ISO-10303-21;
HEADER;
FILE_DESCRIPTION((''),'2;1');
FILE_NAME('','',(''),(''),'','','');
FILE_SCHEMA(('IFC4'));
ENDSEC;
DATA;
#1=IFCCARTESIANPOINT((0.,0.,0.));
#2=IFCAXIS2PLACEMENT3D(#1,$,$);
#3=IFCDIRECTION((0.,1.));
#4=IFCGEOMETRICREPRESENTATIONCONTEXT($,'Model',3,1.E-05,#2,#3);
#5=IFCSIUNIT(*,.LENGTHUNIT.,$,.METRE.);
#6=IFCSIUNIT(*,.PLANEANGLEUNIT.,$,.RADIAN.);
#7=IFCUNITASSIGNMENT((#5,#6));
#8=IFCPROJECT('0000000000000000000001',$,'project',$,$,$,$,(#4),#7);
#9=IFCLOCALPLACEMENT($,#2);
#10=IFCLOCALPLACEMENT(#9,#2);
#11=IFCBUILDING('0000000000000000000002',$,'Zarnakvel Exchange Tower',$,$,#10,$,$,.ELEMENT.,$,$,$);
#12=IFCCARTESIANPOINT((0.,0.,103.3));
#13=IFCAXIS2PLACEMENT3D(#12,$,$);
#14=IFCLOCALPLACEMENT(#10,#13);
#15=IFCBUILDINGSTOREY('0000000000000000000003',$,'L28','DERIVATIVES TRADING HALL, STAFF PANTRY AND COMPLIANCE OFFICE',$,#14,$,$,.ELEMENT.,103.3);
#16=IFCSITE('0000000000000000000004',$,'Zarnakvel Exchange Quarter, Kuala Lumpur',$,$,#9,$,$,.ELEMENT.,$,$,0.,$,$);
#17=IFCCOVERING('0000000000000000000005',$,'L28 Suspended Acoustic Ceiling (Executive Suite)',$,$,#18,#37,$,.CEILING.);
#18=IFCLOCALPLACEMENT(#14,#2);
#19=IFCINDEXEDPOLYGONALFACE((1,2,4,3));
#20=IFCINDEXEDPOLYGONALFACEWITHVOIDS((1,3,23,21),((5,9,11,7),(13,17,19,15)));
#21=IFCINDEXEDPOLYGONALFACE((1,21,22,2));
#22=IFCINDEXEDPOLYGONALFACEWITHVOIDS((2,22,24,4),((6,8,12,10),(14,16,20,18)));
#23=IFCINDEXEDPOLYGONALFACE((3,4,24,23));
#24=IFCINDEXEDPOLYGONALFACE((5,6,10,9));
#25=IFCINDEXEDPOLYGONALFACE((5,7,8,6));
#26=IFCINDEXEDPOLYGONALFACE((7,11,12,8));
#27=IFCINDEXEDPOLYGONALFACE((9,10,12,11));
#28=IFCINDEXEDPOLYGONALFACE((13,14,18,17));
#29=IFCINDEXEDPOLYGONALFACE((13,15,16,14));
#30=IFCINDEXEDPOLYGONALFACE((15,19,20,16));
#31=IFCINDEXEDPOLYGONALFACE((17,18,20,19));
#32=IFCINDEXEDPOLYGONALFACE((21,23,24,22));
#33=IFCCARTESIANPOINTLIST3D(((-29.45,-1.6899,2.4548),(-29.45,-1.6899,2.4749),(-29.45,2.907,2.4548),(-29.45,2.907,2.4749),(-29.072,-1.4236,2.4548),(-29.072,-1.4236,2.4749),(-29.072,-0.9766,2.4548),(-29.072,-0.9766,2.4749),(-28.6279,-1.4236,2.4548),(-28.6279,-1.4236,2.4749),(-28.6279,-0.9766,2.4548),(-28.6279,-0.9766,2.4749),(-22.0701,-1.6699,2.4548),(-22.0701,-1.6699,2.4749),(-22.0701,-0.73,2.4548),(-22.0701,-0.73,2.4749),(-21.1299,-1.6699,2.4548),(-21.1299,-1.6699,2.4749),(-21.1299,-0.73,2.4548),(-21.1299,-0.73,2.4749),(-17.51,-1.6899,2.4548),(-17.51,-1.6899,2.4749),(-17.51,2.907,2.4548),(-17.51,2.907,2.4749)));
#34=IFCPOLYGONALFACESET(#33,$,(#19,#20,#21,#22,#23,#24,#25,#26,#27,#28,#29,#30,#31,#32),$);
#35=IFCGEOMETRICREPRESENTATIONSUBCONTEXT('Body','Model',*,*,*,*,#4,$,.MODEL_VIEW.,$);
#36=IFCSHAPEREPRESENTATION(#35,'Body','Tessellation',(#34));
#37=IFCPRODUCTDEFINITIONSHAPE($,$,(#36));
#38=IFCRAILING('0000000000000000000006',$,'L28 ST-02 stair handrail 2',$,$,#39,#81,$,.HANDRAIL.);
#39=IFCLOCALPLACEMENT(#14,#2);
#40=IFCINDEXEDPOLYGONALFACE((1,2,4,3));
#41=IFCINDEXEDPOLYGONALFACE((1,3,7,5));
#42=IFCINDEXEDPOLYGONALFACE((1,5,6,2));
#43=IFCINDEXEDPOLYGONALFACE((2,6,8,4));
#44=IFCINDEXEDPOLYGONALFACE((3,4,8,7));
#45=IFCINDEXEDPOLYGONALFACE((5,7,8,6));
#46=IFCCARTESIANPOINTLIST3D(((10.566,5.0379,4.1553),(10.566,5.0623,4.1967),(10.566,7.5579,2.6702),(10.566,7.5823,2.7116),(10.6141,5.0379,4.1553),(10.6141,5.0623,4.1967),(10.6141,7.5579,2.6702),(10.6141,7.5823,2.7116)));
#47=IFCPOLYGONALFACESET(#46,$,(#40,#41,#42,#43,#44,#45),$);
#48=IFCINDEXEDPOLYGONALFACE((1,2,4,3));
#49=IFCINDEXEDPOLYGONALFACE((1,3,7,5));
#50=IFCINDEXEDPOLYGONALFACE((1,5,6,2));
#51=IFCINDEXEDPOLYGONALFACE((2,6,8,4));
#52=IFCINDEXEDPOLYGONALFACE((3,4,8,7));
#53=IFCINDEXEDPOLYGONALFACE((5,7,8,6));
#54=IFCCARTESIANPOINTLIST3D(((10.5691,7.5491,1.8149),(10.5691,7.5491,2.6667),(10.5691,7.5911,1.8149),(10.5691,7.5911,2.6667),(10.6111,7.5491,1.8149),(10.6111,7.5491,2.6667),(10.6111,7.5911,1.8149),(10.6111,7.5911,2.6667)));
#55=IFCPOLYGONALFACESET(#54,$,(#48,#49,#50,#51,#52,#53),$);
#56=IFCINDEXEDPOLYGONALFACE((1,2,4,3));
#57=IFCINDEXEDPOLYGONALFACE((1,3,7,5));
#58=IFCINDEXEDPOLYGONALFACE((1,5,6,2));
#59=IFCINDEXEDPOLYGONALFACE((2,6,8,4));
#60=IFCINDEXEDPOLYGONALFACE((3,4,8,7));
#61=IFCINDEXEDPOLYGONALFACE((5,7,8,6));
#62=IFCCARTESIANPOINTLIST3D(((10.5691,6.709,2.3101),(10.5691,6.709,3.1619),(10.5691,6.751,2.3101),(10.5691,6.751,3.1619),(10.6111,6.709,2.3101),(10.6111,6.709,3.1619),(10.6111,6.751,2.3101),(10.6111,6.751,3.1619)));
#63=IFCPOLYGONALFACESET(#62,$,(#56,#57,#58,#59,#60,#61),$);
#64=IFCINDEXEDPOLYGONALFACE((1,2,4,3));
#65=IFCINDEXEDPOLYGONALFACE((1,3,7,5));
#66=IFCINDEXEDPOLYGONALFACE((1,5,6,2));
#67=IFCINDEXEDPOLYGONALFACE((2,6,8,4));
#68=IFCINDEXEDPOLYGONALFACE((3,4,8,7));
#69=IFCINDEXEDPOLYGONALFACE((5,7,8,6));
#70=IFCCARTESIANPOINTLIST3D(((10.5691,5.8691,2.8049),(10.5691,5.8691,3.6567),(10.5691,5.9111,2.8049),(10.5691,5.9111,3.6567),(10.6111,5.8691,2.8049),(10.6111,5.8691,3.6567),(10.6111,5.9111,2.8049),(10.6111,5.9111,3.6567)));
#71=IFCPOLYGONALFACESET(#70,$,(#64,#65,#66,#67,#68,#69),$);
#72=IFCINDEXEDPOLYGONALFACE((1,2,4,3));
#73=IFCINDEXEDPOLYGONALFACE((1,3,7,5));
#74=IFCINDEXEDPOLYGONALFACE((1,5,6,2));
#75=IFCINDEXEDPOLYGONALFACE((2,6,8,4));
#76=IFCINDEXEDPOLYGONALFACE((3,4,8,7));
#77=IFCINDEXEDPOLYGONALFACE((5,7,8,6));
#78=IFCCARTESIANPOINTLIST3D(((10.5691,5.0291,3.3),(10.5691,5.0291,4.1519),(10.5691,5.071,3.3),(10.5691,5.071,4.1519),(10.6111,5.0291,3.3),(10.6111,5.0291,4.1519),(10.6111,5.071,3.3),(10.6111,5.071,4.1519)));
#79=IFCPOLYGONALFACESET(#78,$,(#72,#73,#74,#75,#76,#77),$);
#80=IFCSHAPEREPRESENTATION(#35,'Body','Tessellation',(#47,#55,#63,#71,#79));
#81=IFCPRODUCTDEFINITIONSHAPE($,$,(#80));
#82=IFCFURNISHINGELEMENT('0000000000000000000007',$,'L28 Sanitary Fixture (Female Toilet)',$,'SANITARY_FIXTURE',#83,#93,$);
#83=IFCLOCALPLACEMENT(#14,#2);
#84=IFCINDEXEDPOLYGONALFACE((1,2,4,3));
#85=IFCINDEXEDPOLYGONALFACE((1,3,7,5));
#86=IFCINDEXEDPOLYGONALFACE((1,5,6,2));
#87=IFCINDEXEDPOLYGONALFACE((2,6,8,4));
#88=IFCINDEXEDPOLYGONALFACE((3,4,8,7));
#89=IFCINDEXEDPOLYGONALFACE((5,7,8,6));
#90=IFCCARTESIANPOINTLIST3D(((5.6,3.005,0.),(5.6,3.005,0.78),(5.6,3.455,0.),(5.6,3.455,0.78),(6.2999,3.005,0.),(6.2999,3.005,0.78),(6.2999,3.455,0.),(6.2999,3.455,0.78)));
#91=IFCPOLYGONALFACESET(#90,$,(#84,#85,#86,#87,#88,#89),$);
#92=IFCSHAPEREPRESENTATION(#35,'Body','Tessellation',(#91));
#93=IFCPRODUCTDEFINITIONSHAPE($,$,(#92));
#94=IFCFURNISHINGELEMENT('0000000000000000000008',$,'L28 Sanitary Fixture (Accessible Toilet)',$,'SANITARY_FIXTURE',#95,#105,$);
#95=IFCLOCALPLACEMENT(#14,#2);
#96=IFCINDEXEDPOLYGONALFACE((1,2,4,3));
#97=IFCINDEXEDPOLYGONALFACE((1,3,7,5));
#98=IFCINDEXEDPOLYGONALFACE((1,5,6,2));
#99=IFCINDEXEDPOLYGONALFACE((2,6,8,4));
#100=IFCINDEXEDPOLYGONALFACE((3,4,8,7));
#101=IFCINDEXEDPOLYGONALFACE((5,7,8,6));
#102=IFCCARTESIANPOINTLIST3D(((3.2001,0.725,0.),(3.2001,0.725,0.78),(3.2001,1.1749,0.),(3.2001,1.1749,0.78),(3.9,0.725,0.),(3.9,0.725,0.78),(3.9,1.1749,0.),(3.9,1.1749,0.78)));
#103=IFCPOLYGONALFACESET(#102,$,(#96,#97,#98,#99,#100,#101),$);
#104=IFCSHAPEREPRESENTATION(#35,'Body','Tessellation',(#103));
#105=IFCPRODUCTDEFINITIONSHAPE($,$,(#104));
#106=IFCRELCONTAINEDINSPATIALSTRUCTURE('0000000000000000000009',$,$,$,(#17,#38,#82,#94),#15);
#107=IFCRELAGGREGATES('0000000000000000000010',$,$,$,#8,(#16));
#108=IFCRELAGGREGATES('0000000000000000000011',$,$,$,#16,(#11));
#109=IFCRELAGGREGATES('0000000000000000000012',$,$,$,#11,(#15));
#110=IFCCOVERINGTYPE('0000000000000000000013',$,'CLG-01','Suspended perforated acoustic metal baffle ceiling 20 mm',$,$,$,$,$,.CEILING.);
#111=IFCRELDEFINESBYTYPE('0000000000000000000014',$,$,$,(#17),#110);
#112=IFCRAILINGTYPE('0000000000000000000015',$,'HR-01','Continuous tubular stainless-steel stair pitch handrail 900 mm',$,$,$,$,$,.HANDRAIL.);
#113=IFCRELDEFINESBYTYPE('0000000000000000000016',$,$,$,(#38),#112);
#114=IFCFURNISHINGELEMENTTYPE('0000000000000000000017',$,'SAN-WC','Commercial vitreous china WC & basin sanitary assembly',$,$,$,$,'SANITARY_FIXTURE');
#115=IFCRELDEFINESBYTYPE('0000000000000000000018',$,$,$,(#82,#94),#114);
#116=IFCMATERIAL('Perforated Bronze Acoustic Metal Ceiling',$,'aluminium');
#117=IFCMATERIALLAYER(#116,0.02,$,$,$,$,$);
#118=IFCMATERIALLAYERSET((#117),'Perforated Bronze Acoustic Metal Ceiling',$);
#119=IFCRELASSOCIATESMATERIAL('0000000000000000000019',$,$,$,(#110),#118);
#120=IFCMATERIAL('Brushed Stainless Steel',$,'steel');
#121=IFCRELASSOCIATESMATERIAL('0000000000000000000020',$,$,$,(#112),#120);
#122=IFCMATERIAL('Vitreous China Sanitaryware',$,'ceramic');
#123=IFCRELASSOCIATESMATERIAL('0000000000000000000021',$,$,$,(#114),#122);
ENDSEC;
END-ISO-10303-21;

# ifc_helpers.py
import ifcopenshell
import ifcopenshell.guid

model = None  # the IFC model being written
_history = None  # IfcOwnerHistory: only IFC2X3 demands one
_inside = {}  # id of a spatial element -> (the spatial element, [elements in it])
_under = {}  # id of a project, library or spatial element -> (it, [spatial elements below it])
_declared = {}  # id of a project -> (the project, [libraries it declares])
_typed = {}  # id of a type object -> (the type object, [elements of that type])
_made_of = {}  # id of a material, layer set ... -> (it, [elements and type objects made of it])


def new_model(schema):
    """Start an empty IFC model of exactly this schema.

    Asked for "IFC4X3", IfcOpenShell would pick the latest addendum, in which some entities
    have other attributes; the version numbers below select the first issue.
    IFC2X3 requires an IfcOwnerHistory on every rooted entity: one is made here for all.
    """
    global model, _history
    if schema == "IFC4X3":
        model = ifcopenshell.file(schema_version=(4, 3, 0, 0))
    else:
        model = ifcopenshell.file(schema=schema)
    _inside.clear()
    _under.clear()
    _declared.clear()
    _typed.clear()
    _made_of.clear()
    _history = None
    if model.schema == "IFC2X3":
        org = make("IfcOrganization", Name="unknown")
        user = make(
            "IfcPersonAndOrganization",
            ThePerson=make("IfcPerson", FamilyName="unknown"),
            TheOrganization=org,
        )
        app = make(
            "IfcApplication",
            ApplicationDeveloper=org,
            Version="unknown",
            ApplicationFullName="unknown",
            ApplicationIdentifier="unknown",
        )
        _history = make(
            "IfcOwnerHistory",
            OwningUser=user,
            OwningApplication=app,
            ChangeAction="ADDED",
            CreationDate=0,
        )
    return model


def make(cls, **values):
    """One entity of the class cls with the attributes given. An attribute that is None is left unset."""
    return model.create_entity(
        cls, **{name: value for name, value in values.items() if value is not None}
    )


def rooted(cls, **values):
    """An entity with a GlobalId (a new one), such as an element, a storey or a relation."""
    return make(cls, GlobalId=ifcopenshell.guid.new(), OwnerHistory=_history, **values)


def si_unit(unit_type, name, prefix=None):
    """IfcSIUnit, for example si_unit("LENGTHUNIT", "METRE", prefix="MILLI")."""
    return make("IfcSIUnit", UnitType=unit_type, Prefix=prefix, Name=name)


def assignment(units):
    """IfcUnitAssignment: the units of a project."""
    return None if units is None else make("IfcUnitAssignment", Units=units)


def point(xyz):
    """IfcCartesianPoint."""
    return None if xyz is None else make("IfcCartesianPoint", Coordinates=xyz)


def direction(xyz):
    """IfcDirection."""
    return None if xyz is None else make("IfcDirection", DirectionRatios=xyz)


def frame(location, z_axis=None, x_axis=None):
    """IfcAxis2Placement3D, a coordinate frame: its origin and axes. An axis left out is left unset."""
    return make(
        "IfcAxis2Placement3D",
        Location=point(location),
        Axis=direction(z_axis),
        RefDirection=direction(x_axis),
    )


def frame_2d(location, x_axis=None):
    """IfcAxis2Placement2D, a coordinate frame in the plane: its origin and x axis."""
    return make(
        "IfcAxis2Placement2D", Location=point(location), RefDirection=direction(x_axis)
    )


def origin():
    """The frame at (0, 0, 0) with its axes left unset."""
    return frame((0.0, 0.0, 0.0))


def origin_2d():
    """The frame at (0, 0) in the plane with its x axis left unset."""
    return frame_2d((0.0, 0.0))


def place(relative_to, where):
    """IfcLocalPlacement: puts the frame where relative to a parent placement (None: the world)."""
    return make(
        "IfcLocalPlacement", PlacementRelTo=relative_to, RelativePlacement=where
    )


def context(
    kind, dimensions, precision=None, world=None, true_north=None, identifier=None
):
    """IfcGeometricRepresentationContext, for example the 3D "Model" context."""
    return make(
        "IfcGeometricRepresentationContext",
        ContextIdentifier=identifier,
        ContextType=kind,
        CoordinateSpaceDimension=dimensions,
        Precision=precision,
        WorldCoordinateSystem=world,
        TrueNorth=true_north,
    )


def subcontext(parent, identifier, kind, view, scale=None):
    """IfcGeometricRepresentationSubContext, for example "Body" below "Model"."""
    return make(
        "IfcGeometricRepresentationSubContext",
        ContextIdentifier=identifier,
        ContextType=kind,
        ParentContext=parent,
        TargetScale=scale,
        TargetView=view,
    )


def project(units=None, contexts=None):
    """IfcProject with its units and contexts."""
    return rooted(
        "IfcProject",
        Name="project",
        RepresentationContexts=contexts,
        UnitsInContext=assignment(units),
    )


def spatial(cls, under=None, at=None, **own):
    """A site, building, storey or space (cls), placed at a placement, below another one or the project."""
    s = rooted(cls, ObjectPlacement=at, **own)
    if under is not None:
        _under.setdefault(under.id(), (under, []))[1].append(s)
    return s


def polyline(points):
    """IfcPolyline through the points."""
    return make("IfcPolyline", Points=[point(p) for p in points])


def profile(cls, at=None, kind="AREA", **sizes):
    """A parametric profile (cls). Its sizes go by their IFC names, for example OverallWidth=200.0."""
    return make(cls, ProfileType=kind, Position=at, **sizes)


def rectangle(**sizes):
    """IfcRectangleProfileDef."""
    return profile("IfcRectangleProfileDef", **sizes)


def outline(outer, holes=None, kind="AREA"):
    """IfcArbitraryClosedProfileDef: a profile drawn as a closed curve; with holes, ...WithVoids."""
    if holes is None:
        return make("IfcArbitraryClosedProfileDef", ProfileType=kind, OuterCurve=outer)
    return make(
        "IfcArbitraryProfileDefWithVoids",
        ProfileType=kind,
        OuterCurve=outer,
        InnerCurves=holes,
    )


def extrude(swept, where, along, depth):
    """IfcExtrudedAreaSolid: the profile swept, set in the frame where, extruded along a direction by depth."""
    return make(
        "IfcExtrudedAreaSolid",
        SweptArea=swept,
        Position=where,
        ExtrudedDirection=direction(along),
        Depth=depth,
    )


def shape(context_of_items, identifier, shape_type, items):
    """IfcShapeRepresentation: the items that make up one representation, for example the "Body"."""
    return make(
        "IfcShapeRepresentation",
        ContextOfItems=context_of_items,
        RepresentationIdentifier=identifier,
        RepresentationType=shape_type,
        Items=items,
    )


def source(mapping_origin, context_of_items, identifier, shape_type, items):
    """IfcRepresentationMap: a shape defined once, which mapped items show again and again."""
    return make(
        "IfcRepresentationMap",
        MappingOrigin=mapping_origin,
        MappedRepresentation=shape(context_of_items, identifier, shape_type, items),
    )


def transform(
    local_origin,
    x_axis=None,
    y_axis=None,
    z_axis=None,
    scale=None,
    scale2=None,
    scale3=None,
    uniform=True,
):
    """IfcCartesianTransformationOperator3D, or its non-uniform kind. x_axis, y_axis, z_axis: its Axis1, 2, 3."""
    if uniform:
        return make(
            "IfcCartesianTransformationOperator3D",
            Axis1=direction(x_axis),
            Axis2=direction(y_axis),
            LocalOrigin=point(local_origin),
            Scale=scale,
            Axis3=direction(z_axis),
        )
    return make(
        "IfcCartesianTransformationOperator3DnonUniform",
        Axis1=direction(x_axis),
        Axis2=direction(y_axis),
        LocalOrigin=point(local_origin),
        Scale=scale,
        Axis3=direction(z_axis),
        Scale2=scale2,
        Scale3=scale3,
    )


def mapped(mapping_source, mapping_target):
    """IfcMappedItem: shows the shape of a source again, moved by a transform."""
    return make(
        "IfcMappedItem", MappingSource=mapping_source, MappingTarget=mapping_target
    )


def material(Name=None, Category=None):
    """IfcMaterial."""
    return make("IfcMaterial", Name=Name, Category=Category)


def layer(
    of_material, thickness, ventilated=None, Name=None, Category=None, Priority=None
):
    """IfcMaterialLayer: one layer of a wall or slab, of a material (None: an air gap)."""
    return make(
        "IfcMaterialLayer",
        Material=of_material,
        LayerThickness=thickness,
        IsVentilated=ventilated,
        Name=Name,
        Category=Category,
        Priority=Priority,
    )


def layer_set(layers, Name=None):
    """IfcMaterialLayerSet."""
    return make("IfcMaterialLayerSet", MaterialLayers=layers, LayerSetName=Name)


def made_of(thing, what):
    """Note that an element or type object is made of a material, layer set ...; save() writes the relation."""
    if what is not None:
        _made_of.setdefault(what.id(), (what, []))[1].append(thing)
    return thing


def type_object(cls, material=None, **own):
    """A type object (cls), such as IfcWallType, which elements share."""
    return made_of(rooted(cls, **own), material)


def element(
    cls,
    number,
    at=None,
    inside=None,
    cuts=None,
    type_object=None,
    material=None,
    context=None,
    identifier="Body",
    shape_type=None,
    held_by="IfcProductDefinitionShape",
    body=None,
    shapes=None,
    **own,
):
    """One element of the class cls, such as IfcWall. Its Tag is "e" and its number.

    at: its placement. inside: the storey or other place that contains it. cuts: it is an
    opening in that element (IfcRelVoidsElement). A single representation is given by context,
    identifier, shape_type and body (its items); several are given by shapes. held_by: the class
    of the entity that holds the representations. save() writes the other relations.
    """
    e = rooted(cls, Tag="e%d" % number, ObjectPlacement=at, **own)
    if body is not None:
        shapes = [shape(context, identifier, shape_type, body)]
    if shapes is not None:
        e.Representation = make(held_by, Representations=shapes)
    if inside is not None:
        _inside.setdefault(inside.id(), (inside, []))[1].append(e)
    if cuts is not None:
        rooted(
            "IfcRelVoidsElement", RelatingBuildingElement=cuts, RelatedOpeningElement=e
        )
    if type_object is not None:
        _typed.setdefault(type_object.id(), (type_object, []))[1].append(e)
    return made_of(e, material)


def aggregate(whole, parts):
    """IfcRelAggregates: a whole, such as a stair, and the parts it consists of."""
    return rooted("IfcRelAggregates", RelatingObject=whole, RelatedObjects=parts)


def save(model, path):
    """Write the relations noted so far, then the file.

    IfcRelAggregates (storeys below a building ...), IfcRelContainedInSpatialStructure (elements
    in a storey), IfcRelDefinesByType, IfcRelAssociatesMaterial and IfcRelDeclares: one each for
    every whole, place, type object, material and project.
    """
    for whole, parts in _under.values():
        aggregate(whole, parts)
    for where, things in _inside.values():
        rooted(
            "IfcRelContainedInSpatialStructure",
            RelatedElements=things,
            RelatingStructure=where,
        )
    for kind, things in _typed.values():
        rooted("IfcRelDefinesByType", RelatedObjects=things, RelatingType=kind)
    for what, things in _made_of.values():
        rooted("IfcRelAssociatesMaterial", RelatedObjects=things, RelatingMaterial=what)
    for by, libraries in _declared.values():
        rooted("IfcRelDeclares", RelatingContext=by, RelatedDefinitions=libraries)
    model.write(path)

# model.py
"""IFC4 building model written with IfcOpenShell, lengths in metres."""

from ifc_helpers import new_model, si_unit, direction, frame, origin, origin_2d, place, context, subcontext, project, spatial, polyline, rectangle, outline, extrude, source, transform, mapped, material, layer, layer_set, type_object, element, save


model = new_model("IFC4")

# Units and contexts
model_context = context("Model", 3, precision=1e-05, world=origin(), true_north=direction((0.0, 1.0)))
body_context = subcontext(model_context, "Body", "Model", "MODEL_VIEW")
ifc_project = project(units=[si_unit("LENGTHUNIT", "METRE"), si_unit("PLANEANGLEUNIT", "RADIAN")], contexts=[model_context])

# Site, building, storey
site_placement = place(None, origin())
site = spatial("IfcSite", under=ifc_project, at=site_placement, Name="Zarnakvel Exchange Quarter, Kuala Lumpur", CompositionType="ELEMENT", RefElevation=0.0)
building_placement = place(site_placement, origin())
building = spatial("IfcBuilding", under=site, at=building_placement, Name="Zarnakvel Exchange Tower", CompositionType="ELEMENT")
storey_placement = place(building_placement, frame((0.0, 0.0, 103.3)))
storey = spatial("IfcBuildingStorey", under=building, at=storey_placement, Name="L28", Description="DERIVATIVES TRADING HALL, STAFF PANTRY AND COMPLIANCE OFFICE", CompositionType="ELEMENT", Elevation=103.3)

# Shared definitions
ifc_material_1 = material(Name="Brushed Stainless Steel", Category="steel")

# Covering
ifc_material_2 = material(Name="Perforated Bronze Acoustic Metal Ceiling", Category="aluminium")
ifc_layer_1 = layer(ifc_material_2, 0.02)
ifc_layer_set_1 = layer_set([ifc_layer_1], Name="Perforated Bronze Acoustic Metal Ceiling")
covering_type = type_object("IfcCoveringType", Name="CLG-01", Description="Suspended perforated acoustic metal baffle ceiling 20 mm", PredefinedType="CEILING", material=ifc_layer_set_1)
covering_placement = place(storey_placement, frame((0.0, 0.0, 2.4548)))
element("IfcCovering", 1, at=covering_placement, inside=storey, type_object=covering_type, Name="L28 Suspended Acoustic Ceiling (Executive Suite)", PredefinedType="CEILING", context=body_context, shape_type="SweptSolid", body=[
    extrude(outline(polyline([(-29.45, 2.907), (-17.51, 2.907), (-17.51, -1.6899), (-29.45, -1.6899), (-29.45, 2.907)]), holes=[polyline([(-21.1299, -1.6699), (-21.1299, -0.73), (-22.0701, -0.73), (-22.0701, -1.6699), (-21.1299, -1.6699)]), polyline([(-28.6279, -1.4236), (-28.6279, -0.9766), (-29.072, -0.9766), (-29.072, -1.4236), (-28.6279, -1.4236)])]), origin(), (0.0, 0.0, 1.0), 0.02),
])

# Railing
railing_type = type_object("IfcRailingType", Name="HR-01", Description="Continuous tubular stainless-steel stair pitch handrail 900 mm", PredefinedType="HANDRAIL", material=ifc_material_1)
railing_placement = place(storey_placement, frame((10.5901, 7.5701, 1.8149)))
element("IfcRailing", 2, at=railing_placement, inside=storey, type_object=railing_type, Name="L28 ST-02 stair handrail 2", PredefinedType="HANDRAIL", context=body_context, shape_type="SweptSolid", body=[
    extrude(rectangle(XDim=0.0481, YDim=0.0481, at=origin_2d()), frame((0.0, 0.0, 0.876), z_axis=(0.0, -0.861524, 0.507717), x_axis=(1.0, 0.0, 0.0)), (0.0, 0.0, 1.0), 2.925),
    extrude(rectangle(XDim=0.042, YDim=0.042, at=origin_2d()), origin(), (0.0, 0.0, 1.0), 0.8518),
    extrude(rectangle(XDim=0.042, YDim=0.042, at=origin_2d()), frame((0.0, -0.8401, 0.4951)), (0.0, 0.0, 1.0), 0.8518),
    extrude(rectangle(XDim=0.042, YDim=0.042, at=origin_2d()), frame((0.0, -1.6799, 0.99)), (0.0, 0.0, 1.0), 0.8518),
    extrude(rectangle(XDim=0.042, YDim=0.042, at=origin_2d()), frame((0.0, -2.52, 1.4851)), (0.0, 0.0, 1.0), 0.8518),
])

# Furnishing elements
ifc_material_3 = material(Name="Vitreous China Sanitaryware", Category="ceramic")
furnishing_element_type = type_object("IfcFurnishingElementType", Name="SAN-WC", Description="Commercial vitreous china WC & basin sanitary assembly", ElementType="SANITARY_FIXTURE", material=ifc_material_3)
shared_shape_1 = source(origin(), body_context, "Body", "SweptSolid", [
    extrude(rectangle(XDim=0.7, YDim=0.45, at=origin_2d()), origin(), (0.0, 0.0, 1.0), 0.78),
])
for number, where, z_axis, x_axis, name in (
    (3, (5.95, 3.23, 0.0), (0.0, 0.0, 1.0), (1.0, 0.0, 0.0), "L28 Sanitary Fixture (Female Toilet)"),
    (4, (3.55, 0.95, 0.0), (0.0, 0.0, 1.0), (1.0, 0.0, 0.0), "L28 Sanitary Fixture (Accessible Toilet)"),
):
    element("IfcFurnishingElement", number, at=place(storey_placement, frame(where, z_axis=z_axis, x_axis=x_axis)), inside=storey, type_object=furnishing_element_type, Name=name, ObjectType="SANITARY_FIXTURE", context=body_context, shape_type="MappedRepresentation", body=[
        mapped(shared_shape_1, transform((0.0, 0.0, 0.0), x_axis=(1.0, 0.0, 0.0), y_axis=(0.0, 1.0, 0.0), z_axis=(0.0, 0.0, 1.0), scale=1.0)),
    ])

save(model, "model.ifc")
